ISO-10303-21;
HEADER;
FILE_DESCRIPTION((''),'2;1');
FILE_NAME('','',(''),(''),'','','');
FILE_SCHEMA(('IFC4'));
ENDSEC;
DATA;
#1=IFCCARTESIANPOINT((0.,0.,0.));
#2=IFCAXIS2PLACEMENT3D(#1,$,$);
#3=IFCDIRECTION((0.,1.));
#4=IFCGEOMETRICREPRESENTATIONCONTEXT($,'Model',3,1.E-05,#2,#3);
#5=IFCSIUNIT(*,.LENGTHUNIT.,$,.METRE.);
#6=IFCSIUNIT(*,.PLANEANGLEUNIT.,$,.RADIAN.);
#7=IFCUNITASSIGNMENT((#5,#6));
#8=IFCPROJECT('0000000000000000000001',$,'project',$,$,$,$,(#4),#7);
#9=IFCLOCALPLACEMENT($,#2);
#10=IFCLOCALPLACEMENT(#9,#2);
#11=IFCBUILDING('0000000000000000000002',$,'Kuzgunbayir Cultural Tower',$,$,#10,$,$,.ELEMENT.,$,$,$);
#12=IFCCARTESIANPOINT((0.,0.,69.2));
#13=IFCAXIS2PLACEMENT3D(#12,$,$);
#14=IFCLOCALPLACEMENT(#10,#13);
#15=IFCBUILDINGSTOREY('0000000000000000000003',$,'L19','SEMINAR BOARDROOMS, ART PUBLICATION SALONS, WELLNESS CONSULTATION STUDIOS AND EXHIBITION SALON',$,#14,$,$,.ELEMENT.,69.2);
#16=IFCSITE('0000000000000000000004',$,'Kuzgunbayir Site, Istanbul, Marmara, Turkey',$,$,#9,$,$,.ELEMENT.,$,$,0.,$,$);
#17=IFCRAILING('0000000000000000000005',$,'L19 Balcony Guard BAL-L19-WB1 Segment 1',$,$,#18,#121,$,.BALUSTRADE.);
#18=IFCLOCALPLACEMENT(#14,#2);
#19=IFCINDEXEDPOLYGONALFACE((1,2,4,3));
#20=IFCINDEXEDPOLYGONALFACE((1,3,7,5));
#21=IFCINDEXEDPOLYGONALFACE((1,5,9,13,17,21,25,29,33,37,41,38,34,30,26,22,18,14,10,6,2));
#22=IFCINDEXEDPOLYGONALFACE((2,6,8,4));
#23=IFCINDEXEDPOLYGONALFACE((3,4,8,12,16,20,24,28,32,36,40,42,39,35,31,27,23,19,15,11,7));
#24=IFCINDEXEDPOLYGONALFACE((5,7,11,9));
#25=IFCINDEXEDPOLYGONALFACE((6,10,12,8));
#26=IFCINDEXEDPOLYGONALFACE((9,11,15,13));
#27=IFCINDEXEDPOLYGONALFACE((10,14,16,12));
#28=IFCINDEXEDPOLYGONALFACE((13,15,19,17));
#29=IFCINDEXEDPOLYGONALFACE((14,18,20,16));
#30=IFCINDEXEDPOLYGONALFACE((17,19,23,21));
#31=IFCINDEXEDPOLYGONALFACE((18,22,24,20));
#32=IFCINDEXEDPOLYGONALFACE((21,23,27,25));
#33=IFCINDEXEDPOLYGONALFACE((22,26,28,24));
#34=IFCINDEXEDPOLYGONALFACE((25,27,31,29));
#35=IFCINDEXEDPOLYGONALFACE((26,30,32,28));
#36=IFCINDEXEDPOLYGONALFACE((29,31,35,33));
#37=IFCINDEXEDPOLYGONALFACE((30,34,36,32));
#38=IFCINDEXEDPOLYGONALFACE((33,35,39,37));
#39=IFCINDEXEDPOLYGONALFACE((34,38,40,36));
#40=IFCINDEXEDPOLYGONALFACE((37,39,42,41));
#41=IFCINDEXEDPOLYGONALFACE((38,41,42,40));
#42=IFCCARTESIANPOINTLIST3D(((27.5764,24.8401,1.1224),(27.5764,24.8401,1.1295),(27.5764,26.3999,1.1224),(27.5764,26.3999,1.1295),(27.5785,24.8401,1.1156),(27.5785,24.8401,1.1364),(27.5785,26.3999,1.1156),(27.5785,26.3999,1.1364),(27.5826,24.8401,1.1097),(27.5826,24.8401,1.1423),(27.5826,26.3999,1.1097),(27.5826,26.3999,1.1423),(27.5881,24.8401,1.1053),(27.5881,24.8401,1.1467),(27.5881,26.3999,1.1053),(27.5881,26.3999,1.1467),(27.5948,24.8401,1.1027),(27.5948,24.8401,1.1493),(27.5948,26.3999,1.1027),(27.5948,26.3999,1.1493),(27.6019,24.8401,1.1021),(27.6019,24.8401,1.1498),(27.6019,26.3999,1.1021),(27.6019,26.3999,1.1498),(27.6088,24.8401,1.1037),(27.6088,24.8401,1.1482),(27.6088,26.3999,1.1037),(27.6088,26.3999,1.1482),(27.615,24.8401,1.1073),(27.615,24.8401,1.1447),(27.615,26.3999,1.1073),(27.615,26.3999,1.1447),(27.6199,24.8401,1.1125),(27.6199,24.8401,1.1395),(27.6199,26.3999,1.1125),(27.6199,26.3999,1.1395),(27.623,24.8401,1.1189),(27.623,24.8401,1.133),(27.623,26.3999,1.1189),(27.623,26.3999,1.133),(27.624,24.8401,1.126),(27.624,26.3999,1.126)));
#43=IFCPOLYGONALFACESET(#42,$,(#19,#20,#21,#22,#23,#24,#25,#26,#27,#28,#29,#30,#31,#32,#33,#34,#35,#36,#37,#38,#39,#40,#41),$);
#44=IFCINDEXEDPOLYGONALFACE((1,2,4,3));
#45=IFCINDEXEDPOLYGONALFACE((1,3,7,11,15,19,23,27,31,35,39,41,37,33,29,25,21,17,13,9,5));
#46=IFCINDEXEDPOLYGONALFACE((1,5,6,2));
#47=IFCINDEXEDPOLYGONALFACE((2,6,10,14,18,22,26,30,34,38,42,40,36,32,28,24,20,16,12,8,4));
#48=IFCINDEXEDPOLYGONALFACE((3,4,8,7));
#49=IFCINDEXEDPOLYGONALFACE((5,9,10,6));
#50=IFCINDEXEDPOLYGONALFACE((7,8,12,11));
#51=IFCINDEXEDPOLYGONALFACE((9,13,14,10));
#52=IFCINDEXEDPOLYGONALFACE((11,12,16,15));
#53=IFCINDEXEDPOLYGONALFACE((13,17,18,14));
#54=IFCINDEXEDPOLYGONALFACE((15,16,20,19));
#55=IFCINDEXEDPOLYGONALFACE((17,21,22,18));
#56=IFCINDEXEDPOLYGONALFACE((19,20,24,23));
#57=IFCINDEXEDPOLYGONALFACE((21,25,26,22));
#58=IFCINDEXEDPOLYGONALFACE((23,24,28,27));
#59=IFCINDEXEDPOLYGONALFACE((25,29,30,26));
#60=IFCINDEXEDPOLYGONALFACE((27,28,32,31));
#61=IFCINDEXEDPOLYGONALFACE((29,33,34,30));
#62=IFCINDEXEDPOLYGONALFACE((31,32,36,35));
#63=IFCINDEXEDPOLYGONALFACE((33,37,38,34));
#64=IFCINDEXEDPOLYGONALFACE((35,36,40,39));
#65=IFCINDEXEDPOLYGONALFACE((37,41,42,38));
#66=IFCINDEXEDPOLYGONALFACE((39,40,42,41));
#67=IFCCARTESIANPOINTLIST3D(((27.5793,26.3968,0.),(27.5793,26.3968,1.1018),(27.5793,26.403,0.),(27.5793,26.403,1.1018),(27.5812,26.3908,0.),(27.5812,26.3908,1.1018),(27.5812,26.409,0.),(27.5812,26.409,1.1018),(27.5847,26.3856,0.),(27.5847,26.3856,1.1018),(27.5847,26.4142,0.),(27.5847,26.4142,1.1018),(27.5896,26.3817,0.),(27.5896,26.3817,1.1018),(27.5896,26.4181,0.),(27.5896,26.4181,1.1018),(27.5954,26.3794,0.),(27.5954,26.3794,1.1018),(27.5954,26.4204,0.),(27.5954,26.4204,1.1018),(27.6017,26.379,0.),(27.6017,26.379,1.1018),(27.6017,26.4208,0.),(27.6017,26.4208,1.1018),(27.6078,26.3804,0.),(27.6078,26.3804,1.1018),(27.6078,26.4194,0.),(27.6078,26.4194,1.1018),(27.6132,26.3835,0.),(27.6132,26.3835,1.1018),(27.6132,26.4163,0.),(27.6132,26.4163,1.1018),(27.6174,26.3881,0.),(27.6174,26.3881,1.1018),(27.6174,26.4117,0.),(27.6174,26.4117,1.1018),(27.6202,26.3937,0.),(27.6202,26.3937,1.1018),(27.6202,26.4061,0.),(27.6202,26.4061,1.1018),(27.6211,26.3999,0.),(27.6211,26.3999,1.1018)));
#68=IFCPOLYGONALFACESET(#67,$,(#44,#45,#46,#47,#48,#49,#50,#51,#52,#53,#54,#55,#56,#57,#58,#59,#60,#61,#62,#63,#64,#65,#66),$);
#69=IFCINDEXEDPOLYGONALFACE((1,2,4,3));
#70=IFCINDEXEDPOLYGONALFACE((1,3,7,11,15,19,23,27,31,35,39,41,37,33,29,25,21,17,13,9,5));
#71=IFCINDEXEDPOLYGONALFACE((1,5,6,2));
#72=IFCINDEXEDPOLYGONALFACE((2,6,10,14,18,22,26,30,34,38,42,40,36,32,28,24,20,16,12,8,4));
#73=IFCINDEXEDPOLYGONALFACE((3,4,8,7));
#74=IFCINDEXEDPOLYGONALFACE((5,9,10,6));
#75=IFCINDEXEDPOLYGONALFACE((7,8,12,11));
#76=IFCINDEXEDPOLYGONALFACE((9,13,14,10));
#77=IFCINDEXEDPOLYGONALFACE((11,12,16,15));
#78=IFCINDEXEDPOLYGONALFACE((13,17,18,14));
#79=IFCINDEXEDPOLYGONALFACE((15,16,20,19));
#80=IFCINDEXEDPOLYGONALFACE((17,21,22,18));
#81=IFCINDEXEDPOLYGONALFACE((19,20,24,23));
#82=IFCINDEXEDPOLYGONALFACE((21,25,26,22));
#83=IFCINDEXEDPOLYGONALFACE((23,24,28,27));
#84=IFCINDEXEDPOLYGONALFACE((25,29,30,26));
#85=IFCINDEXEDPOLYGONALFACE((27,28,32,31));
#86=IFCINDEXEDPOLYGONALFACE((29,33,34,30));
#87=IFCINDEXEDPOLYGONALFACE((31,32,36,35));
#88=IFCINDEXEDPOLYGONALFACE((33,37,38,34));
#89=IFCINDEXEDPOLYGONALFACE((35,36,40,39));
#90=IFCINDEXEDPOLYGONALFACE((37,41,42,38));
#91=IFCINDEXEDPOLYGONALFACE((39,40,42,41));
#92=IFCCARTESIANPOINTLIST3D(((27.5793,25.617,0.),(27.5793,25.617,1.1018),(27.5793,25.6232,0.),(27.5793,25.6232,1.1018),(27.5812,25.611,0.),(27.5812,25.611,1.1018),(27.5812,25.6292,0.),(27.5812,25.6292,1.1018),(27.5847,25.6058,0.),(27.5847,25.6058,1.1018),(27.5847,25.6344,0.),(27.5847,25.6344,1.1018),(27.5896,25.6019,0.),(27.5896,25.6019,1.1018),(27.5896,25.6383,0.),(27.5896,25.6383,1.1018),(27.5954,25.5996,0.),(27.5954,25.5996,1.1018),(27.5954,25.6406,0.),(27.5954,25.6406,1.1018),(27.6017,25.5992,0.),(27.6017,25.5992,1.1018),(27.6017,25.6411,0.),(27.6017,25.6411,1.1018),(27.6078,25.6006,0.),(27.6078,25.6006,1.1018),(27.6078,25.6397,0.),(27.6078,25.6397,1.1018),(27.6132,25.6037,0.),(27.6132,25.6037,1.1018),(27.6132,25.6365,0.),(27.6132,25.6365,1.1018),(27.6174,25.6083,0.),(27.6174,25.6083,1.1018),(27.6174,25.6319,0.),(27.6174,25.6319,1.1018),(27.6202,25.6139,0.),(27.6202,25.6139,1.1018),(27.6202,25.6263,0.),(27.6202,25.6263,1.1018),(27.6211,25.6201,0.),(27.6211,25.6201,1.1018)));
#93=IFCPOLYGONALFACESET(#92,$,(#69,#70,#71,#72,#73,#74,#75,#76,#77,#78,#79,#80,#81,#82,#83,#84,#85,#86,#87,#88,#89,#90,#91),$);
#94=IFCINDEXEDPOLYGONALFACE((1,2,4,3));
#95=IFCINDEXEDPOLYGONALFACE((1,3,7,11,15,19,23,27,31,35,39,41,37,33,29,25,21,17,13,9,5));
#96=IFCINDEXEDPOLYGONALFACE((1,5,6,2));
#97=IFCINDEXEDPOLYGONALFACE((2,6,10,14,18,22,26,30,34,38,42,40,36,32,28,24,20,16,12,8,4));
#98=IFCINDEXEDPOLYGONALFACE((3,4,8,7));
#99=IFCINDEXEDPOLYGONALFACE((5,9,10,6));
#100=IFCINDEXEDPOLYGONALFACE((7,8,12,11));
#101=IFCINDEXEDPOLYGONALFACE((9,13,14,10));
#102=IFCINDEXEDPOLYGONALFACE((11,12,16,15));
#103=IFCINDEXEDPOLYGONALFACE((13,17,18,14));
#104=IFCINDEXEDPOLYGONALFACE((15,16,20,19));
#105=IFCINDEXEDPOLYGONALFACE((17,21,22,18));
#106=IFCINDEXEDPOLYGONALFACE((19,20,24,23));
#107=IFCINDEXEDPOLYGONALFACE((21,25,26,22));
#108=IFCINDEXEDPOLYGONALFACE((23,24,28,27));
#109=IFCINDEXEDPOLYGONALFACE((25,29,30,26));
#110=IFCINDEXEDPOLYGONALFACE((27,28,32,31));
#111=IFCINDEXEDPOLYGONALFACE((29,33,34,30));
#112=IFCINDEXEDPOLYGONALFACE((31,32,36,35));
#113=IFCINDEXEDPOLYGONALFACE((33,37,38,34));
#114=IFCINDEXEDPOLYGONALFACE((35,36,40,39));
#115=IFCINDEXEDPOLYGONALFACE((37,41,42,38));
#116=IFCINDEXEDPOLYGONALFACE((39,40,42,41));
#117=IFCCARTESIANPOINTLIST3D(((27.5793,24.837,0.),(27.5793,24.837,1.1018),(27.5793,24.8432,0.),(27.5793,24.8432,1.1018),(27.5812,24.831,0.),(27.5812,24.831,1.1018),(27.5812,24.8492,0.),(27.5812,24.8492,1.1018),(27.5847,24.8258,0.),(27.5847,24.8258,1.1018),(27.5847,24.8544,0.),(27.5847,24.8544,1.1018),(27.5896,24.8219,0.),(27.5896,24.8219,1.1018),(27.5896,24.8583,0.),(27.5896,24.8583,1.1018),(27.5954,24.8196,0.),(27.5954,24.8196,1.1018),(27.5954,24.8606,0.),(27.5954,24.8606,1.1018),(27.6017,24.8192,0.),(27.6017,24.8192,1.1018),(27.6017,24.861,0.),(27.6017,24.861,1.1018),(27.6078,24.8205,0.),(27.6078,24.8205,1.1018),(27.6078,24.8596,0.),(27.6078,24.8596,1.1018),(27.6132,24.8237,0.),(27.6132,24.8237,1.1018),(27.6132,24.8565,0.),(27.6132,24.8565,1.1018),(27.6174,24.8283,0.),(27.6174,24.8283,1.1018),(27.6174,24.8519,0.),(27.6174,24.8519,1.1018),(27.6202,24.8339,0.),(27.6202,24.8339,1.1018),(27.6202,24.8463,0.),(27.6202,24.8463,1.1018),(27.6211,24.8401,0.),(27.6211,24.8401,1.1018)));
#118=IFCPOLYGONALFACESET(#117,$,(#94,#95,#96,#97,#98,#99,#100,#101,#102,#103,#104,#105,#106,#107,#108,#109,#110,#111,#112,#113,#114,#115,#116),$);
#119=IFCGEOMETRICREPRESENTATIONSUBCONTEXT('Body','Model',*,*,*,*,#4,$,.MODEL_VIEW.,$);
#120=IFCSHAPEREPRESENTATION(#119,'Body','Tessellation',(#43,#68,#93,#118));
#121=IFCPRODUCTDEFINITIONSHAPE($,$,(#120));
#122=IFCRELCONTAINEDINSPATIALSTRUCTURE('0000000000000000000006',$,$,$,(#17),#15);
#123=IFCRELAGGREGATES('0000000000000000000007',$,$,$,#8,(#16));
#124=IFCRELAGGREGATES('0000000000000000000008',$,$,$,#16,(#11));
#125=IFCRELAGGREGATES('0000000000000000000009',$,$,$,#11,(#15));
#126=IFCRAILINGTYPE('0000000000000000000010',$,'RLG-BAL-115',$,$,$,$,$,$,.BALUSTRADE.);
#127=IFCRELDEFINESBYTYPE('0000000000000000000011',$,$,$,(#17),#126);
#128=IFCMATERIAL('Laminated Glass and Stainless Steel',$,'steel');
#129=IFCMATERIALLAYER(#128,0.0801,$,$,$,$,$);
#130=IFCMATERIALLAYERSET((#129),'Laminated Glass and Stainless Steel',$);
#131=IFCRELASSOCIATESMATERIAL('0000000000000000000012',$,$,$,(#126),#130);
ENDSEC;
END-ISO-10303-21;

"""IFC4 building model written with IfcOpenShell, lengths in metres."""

from ifc_helpers import new_model, si_unit, direction, frame, origin, origin_2d, place, context, subcontext, project, spatial, circle, extrude, material, layer, layer_set, type_object, element, save


model = new_model("IFC4")

# Units and contexts
model_context = context("Model", 3, precision=1e-05, world=origin(), true_north=direction((0.0, 1.0)))
body_context = subcontext(model_context, "Body", "Model", "MODEL_VIEW")
ifc_project = project(units=[si_unit("LENGTHUNIT", "METRE"), si_unit("PLANEANGLEUNIT", "RADIAN")], contexts=[model_context])

# Site, building, storey
site_placement = place(None, origin())
site = spatial("IfcSite", under=ifc_project, at=site_placement, Name="Kuzgunbayir Site, Istanbul, Marmara, Turkey", CompositionType="ELEMENT", RefElevation=0.0)
building_placement = place(site_placement, origin())
building = spatial("IfcBuilding", under=site, at=building_placement, Name="Kuzgunbayir Cultural Tower", CompositionType="ELEMENT")
storey_placement = place(building_placement, frame((0.0, 0.0, 69.2)))
storey = spatial("IfcBuildingStorey", under=building, at=storey_placement, Name="L19", Description="SEMINAR BOARDROOMS, ART PUBLICATION SALONS, WELLNESS CONSULTATION STUDIOS AND EXHIBITION SALON", CompositionType="ELEMENT", Elevation=69.2)

# Railing
ifc_material_1 = material(Name="Laminated Glass and Stainless Steel", Category="steel")
ifc_layer_1 = layer(ifc_material_1, 0.0801)
ifc_layer_set_1 = layer_set([ifc_layer_1], Name="Laminated Glass and Stainless Steel")
railing_type = type_object("IfcRailingType", Name="RLG-BAL-115", PredefinedType="BALUSTRADE", material=ifc_layer_set_1)
railing_1_placement = place(storey_placement, frame((27.6001, 26.3999, 0.0)))
element("IfcRailing", 1, at=railing_1_placement, inside=storey, type_object=railing_type, Name="L19 Balcony Guard BAL-L19-WB1 Segment 1", PredefinedType="BALUSTRADE", context=body_context, shape_type="SweptSolid", body=[
    extrude(circle(Radius=0.0239, at=origin_2d()), frame((0.0, 0.0, 1.126), z_axis=(0.0, -1.0, 0.0), x_axis=(1.0, 0.0, 0.0)), (0.0, 0.0, 1.0), 1.5598),
    extrude(circle(Radius=0.021, at=origin_2d()), origin(), (0.0, 0.0, 1.0), 1.1018),
    extrude(circle(Radius=0.021, at=origin_2d()), frame((0.0, -0.7798, 0.0)), (0.0, 0.0, 1.0), 1.1018),
    extrude(circle(Radius=0.021, at=origin_2d()), frame((0.0, -1.5598, 0.0)), (0.0, 0.0, 1.0), 1.1018),
])

save(model, "model.ifc")
